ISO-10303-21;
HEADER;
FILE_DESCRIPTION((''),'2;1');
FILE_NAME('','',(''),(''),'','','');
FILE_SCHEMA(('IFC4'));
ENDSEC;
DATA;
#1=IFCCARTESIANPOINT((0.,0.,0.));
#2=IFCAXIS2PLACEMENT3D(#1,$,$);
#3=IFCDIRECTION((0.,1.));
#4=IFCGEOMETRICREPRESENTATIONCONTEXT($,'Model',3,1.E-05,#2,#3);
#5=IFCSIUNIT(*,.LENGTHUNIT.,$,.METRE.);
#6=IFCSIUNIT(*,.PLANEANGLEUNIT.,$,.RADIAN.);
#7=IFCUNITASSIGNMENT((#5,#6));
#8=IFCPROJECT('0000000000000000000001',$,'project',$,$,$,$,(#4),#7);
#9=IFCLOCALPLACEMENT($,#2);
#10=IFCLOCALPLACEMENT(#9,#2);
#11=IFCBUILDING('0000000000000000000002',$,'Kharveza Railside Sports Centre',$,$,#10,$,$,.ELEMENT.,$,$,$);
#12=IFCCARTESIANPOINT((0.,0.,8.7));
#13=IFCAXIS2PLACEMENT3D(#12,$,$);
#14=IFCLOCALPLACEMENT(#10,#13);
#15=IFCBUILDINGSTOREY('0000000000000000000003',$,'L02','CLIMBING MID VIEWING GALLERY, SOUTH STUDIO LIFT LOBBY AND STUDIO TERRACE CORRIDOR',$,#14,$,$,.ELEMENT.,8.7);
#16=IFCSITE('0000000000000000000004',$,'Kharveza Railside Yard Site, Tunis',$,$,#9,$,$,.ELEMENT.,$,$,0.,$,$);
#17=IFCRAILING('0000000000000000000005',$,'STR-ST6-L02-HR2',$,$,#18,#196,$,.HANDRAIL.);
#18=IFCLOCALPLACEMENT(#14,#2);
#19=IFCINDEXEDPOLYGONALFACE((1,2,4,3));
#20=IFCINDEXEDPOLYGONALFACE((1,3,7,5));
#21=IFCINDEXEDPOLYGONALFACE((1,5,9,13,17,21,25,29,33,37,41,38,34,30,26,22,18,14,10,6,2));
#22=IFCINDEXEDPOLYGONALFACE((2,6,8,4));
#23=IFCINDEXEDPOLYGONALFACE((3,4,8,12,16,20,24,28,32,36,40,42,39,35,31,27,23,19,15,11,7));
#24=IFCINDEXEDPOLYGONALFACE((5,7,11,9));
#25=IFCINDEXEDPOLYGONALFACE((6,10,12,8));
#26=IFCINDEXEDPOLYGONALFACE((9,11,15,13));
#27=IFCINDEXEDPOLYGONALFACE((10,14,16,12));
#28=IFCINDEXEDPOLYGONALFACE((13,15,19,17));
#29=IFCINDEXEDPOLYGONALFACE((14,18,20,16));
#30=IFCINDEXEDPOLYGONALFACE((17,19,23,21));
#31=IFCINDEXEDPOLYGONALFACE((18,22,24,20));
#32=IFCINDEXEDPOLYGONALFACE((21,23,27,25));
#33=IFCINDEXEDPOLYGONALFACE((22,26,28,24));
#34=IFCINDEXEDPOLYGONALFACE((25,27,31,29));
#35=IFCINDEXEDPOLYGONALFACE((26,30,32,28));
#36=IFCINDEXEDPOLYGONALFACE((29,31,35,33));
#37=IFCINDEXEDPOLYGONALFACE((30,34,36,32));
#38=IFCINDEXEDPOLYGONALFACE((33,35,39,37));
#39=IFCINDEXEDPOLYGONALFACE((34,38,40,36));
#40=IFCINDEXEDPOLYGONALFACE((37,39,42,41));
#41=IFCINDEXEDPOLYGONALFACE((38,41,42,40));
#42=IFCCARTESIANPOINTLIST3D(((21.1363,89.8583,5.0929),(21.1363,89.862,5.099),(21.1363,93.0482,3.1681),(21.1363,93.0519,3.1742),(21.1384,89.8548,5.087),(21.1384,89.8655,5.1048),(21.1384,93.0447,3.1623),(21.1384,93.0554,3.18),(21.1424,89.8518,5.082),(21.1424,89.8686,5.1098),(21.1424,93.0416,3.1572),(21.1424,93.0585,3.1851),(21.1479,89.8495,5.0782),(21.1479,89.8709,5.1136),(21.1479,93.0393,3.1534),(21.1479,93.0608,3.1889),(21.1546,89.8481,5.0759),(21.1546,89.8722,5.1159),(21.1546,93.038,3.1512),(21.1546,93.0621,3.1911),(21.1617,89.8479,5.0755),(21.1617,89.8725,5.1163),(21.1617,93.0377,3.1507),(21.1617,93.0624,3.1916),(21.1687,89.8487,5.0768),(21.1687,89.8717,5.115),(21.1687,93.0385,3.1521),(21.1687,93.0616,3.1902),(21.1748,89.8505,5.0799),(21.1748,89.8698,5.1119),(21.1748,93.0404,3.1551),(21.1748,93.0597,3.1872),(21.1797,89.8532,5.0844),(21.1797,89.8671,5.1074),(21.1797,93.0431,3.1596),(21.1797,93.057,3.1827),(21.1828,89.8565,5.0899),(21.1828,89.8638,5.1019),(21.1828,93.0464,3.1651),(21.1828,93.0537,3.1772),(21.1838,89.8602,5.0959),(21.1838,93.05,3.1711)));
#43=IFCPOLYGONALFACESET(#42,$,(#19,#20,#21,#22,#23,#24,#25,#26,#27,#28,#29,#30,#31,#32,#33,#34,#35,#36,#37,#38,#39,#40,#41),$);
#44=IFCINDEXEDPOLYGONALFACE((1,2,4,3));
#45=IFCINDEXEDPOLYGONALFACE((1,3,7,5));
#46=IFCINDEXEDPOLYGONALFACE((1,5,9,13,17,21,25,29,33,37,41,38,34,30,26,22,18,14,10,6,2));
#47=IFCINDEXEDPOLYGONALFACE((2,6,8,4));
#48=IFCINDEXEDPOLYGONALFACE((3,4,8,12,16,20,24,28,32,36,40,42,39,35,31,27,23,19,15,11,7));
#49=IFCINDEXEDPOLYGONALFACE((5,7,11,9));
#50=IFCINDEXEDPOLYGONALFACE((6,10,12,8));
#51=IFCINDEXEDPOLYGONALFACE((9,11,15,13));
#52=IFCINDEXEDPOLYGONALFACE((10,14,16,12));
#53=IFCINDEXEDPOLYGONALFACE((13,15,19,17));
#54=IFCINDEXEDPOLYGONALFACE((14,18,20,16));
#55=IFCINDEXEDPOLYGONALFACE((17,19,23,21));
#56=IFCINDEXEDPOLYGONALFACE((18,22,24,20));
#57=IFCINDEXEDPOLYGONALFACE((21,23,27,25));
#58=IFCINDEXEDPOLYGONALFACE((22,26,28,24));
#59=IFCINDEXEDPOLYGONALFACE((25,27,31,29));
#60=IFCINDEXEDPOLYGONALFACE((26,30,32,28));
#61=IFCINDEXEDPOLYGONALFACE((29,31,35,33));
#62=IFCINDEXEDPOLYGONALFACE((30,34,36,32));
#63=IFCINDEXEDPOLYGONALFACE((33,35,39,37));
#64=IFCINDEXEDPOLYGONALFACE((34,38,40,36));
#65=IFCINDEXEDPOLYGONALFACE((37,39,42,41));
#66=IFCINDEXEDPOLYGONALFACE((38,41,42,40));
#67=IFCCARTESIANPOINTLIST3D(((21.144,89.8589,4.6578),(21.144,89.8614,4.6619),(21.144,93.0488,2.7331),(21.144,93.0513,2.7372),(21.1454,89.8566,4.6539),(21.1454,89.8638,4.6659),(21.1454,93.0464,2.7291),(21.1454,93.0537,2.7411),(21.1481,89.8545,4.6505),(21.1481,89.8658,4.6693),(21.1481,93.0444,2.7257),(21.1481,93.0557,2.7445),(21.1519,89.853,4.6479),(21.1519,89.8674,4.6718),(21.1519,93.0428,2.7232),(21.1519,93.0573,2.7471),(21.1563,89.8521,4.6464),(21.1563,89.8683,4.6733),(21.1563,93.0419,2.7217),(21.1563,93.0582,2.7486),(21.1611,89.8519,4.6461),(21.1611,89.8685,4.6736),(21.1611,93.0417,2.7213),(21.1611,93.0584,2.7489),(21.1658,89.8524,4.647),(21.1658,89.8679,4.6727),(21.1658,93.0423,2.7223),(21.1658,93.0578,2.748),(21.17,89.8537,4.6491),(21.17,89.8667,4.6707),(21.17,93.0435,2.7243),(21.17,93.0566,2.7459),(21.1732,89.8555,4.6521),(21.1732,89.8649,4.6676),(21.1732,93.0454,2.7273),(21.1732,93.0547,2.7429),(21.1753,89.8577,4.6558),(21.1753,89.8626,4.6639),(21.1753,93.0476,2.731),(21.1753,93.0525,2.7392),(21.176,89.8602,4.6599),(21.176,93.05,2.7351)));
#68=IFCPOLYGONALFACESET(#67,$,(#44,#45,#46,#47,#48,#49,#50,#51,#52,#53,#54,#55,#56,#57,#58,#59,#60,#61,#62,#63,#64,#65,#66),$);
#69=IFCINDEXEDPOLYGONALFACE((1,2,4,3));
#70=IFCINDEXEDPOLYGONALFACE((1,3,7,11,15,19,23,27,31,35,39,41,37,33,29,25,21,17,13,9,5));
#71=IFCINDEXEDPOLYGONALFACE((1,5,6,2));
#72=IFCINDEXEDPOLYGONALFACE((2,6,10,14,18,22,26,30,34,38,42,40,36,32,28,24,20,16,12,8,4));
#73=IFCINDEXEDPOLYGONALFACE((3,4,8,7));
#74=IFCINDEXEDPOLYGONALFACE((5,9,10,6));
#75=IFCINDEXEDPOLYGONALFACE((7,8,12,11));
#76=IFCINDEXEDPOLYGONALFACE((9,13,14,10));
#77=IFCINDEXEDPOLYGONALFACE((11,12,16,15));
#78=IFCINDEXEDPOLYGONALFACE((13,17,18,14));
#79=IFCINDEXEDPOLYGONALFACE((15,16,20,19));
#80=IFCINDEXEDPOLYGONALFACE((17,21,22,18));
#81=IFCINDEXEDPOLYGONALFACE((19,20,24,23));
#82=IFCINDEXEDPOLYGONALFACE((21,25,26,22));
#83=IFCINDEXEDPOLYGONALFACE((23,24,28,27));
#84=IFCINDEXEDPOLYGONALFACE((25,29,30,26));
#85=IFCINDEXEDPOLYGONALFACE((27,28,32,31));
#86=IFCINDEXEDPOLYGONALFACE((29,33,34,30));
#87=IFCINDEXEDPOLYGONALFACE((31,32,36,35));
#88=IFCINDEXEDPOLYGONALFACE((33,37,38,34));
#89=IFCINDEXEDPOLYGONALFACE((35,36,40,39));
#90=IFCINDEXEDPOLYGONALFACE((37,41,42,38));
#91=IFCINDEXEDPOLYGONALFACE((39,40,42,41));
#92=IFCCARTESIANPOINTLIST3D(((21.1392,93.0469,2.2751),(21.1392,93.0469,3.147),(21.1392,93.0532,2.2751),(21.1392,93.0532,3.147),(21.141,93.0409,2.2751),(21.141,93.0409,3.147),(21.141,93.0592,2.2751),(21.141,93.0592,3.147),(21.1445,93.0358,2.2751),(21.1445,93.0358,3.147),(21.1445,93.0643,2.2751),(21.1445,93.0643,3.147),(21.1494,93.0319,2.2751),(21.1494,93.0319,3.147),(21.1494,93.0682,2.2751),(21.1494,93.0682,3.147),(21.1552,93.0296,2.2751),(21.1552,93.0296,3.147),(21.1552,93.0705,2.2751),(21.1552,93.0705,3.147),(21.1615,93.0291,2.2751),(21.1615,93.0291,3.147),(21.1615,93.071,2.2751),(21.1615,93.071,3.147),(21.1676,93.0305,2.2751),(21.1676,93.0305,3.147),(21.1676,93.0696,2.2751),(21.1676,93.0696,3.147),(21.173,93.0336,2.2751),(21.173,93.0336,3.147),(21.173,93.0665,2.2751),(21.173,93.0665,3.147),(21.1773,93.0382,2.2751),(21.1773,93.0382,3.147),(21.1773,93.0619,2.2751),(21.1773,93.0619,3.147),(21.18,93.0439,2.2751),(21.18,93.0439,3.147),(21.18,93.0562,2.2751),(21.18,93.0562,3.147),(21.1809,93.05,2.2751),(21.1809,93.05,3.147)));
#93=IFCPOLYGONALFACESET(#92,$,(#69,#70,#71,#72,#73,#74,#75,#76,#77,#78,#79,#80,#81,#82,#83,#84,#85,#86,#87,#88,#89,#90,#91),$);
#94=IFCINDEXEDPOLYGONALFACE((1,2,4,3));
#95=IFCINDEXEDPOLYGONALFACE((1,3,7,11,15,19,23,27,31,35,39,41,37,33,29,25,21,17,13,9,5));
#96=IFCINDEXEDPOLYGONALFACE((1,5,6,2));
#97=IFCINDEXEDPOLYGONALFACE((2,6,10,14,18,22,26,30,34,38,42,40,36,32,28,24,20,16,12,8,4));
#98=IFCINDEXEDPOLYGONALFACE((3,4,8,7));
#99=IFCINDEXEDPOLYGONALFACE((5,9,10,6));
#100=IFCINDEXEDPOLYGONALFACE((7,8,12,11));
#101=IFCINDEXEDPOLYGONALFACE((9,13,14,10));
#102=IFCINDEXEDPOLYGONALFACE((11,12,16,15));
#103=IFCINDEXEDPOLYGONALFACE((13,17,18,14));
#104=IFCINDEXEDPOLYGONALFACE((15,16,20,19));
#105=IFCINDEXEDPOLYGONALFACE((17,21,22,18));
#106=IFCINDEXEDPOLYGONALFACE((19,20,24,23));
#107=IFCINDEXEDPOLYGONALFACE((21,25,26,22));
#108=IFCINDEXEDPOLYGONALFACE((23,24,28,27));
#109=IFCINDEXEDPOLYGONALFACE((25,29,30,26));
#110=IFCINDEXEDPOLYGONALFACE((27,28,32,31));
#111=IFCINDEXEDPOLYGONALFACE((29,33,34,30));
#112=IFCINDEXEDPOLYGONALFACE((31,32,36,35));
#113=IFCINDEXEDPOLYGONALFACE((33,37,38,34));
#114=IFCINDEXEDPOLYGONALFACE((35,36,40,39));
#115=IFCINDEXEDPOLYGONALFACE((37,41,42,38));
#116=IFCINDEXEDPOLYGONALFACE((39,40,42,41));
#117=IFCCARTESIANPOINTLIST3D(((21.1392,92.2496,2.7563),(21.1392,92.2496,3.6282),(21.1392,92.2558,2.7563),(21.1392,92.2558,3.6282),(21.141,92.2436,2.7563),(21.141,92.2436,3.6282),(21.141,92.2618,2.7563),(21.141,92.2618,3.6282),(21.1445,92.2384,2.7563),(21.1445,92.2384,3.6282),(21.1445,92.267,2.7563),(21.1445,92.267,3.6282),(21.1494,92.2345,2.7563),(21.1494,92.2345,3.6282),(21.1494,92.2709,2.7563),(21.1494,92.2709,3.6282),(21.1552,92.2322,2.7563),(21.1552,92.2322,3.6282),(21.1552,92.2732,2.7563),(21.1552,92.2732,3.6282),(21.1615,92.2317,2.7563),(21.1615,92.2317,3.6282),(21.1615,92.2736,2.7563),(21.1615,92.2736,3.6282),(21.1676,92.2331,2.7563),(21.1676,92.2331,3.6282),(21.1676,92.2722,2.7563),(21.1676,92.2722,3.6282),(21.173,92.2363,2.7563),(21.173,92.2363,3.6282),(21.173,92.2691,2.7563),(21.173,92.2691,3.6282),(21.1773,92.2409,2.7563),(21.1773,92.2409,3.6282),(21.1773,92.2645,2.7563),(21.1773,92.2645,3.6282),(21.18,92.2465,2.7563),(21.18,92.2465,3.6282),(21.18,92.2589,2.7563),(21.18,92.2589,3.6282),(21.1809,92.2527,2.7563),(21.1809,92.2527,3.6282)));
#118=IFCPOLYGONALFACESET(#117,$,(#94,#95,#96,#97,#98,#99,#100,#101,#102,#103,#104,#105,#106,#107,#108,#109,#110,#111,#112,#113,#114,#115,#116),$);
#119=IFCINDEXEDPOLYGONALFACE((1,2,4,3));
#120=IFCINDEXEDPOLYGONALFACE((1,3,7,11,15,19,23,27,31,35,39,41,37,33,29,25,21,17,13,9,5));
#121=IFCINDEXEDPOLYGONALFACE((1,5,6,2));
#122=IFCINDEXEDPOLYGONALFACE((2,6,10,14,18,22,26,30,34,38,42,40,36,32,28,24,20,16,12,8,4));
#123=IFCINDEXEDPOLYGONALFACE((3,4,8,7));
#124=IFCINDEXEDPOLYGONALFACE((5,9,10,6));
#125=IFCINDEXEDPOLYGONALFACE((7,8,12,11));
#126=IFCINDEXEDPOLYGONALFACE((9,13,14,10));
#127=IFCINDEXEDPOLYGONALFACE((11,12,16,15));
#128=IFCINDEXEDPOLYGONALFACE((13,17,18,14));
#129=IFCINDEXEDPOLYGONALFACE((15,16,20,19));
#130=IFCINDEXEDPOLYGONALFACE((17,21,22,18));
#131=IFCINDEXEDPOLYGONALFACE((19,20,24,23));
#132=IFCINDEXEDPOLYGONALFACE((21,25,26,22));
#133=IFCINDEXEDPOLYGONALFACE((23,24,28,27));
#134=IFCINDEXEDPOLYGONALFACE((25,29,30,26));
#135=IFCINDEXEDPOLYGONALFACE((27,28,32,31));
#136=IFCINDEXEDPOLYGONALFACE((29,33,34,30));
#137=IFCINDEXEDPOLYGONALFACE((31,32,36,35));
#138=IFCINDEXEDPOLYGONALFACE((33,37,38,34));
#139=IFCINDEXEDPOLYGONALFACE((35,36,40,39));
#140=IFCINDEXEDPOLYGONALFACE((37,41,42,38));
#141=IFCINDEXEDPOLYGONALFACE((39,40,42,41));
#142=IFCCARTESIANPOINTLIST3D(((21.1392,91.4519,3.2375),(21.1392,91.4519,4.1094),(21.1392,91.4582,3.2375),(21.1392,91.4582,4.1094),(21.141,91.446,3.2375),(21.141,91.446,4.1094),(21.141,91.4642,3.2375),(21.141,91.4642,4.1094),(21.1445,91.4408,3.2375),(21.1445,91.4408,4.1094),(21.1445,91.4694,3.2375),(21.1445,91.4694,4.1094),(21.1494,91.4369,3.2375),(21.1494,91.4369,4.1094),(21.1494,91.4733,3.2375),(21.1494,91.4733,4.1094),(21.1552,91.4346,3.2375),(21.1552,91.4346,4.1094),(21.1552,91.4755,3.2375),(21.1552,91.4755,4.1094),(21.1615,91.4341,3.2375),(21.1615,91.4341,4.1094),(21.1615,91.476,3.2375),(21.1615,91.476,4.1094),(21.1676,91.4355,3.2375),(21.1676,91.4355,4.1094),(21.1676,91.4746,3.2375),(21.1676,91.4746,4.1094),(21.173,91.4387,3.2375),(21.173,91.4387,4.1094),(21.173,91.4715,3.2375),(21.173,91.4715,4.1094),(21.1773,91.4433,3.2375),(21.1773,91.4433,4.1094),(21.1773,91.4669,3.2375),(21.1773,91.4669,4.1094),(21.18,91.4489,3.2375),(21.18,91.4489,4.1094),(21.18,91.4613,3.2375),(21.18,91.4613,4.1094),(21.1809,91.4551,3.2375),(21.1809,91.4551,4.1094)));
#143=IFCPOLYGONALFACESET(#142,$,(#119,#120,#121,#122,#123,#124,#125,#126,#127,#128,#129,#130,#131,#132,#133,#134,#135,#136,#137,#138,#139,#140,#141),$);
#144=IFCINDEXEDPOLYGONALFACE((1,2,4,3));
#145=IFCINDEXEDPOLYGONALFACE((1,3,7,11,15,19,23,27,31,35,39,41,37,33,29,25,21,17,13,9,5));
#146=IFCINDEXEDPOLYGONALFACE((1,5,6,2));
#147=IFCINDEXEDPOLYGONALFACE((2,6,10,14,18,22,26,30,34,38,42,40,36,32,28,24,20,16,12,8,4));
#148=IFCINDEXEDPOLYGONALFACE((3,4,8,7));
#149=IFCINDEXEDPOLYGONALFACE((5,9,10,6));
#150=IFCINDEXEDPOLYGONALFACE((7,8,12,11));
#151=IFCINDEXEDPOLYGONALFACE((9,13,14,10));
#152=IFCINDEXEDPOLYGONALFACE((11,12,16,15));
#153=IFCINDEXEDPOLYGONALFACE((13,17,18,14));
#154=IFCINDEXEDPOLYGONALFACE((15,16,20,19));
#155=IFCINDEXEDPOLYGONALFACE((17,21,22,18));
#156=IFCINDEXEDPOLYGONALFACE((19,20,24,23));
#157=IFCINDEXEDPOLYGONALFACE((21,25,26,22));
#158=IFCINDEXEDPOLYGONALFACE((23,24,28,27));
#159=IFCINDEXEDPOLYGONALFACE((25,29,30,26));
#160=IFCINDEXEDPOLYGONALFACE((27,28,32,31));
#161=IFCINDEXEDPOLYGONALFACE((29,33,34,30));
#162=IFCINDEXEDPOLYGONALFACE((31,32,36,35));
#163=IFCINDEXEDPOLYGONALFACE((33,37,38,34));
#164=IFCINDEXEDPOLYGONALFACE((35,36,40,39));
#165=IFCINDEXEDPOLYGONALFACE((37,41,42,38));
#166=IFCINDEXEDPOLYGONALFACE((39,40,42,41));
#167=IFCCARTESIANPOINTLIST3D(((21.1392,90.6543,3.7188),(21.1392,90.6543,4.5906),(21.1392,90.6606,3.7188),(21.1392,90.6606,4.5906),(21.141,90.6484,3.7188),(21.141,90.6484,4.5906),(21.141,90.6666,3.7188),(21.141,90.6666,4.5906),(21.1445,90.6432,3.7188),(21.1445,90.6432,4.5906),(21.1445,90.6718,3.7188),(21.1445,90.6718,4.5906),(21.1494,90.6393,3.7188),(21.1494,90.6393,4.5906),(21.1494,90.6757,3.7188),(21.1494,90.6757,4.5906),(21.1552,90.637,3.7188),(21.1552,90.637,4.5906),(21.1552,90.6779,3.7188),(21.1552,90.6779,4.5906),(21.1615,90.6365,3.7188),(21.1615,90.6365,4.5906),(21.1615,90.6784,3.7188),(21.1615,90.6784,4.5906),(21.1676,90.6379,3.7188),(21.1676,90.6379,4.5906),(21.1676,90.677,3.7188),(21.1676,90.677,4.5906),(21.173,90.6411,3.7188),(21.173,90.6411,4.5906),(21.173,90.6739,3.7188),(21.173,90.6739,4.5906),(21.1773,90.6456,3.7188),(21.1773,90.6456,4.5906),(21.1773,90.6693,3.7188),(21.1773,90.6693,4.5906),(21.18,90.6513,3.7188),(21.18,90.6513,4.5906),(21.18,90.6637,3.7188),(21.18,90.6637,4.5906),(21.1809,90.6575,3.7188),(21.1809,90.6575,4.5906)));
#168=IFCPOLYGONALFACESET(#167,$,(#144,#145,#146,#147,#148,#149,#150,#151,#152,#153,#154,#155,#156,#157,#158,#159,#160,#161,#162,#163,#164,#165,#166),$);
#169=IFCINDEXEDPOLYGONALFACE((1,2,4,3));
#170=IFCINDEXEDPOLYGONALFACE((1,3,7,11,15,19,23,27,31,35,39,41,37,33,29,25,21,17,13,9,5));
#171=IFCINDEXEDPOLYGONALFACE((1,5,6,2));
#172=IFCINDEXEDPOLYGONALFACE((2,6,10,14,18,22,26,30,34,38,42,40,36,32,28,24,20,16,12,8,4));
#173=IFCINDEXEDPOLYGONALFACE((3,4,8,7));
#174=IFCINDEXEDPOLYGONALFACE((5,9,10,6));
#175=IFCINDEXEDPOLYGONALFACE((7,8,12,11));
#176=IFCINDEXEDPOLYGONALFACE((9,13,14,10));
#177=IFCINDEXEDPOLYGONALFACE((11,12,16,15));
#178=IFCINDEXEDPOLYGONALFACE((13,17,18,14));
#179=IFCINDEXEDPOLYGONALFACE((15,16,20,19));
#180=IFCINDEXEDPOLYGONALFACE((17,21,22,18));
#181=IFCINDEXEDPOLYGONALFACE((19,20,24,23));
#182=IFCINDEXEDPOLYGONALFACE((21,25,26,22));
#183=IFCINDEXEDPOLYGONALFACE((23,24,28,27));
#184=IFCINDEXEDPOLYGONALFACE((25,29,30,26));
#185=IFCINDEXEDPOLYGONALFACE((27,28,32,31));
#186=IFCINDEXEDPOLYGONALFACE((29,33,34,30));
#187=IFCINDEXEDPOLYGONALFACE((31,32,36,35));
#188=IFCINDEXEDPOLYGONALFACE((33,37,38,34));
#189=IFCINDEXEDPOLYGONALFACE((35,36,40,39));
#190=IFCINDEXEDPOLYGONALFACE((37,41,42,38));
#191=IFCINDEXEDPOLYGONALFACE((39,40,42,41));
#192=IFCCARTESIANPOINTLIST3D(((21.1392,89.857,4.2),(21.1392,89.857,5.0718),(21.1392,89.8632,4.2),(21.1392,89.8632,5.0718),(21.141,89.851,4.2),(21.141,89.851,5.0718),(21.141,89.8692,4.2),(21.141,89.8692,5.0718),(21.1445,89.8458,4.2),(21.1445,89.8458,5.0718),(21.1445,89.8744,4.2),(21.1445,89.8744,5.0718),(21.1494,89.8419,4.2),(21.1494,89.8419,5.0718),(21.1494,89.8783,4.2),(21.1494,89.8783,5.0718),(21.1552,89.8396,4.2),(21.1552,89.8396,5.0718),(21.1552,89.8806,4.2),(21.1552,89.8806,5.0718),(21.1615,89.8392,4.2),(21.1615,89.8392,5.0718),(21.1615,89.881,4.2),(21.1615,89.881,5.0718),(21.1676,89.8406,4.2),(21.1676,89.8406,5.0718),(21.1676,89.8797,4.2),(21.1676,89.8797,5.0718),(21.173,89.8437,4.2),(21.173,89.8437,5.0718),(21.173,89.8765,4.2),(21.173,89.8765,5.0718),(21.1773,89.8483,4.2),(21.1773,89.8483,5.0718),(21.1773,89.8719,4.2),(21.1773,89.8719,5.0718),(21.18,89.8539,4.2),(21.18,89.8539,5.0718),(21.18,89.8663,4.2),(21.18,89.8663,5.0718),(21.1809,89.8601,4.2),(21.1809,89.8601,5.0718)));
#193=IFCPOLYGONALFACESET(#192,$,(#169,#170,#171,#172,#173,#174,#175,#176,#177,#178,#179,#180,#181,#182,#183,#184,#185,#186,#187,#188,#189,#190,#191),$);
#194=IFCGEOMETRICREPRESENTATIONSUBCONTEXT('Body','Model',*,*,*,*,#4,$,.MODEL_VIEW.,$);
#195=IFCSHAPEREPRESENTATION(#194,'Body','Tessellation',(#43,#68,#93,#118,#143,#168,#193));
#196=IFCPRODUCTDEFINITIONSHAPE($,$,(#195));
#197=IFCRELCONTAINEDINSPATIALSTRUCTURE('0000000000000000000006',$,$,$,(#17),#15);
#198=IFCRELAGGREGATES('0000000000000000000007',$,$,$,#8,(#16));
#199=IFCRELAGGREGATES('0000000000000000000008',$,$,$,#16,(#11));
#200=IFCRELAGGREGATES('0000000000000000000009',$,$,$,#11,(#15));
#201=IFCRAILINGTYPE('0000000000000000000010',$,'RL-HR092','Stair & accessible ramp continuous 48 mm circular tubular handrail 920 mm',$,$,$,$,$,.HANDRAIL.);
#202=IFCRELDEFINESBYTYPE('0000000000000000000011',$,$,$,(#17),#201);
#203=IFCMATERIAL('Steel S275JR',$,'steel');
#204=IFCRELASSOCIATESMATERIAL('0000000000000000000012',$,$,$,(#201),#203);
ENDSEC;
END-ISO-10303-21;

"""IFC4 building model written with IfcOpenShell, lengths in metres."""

from ifc_helpers import new_model, si_unit, direction, frame, origin, origin_2d, place, context, subcontext, project, spatial, circle, extrude, material, type_object, element, save


model = new_model("IFC4")

# Units and contexts
model_context = context("Model", 3, precision=1e-05, world=origin(), true_north=direction((0.0, 1.0)))
body_context = subcontext(model_context, "Body", "Model", "MODEL_VIEW")
ifc_project = project(units=[si_unit("LENGTHUNIT", "METRE"), si_unit("PLANEANGLEUNIT", "RADIAN")], contexts=[model_context])

# Site, building, storey
site_placement = place(None, origin())
site = spatial("IfcSite", under=ifc_project, at=site_placement, Name="Kharveza Railside Yard Site, Tunis", CompositionType="ELEMENT", RefElevation=0.0)
building_placement = place(site_placement, origin())
building = spatial("IfcBuilding", under=site, at=building_placement, Name="Kharveza Railside Sports Centre", CompositionType="ELEMENT")
storey_placement = place(building_placement, frame((0.0, 0.0, 8.7)))
storey = spatial("IfcBuildingStorey", under=building, at=storey_placement, Name="L02", Description="CLIMBING MID VIEWING GALLERY, SOUTH STUDIO LIFT LOBBY AND STUDIO TERRACE CORRIDOR", CompositionType="ELEMENT", Elevation=8.7)

# Railing
ifc_material_1 = material(Name="Steel S275JR", Category="steel")
railing_type = type_object("IfcRailingType", Name="RL-HR092", Description="Stair & accessible ramp continuous 48 mm circular tubular handrail 920 mm", PredefinedType="HANDRAIL", material=ifc_material_1)
railing_placement = place(storey_placement, frame((21.1599, 93.05, 2.2751)))
element("IfcRailing", 1, at=railing_placement, inside=storey, type_object=railing_type, Name="STR-ST6-L02-HR2", PredefinedType="HANDRAIL", context=body_context, shape_type="SweptSolid", body=[
    extrude(circle(Radius=0.0239, at=origin_2d()), frame((0.0, 0.0, 0.896), z_axis=(0.0, -0.856207, 0.516633), x_axis=(1.0, 0.0, 0.0)), (0.0, 0.0, 1.0), 3.7256),
    extrude(circle(Radius=0.0161, at=origin_2d()), frame((0.0, 0.0, 0.46), z_axis=(0.0, -0.856207, 0.516633), x_axis=(1.0, 0.0, 0.0)), (0.0, 0.0, 1.0), 3.7256),
    extrude(circle(Radius=0.021, at=origin_2d()), origin(), (0.0, 0.0, 1.0), 0.8718),
    extrude(circle(Radius=0.021, at=origin_2d()), frame((0.0, -0.7974, 0.4812)), (0.0, 0.0, 1.0), 0.8718),
    extrude(circle(Radius=0.021, at=origin_2d()), frame((0.0, -1.595, 0.9624)), (0.0, 0.0, 1.0), 0.8718),
    extrude(circle(Radius=0.021, at=origin_2d()), frame((0.0, -2.3926, 1.4436)), (0.0, 0.0, 1.0), 0.8718),
    extrude(circle(Radius=0.021, at=origin_2d()), frame((0.0, -3.1899, 1.9248)), (0.0, 0.0, 1.0), 0.8718),
])

save(model, "model.ifc")
